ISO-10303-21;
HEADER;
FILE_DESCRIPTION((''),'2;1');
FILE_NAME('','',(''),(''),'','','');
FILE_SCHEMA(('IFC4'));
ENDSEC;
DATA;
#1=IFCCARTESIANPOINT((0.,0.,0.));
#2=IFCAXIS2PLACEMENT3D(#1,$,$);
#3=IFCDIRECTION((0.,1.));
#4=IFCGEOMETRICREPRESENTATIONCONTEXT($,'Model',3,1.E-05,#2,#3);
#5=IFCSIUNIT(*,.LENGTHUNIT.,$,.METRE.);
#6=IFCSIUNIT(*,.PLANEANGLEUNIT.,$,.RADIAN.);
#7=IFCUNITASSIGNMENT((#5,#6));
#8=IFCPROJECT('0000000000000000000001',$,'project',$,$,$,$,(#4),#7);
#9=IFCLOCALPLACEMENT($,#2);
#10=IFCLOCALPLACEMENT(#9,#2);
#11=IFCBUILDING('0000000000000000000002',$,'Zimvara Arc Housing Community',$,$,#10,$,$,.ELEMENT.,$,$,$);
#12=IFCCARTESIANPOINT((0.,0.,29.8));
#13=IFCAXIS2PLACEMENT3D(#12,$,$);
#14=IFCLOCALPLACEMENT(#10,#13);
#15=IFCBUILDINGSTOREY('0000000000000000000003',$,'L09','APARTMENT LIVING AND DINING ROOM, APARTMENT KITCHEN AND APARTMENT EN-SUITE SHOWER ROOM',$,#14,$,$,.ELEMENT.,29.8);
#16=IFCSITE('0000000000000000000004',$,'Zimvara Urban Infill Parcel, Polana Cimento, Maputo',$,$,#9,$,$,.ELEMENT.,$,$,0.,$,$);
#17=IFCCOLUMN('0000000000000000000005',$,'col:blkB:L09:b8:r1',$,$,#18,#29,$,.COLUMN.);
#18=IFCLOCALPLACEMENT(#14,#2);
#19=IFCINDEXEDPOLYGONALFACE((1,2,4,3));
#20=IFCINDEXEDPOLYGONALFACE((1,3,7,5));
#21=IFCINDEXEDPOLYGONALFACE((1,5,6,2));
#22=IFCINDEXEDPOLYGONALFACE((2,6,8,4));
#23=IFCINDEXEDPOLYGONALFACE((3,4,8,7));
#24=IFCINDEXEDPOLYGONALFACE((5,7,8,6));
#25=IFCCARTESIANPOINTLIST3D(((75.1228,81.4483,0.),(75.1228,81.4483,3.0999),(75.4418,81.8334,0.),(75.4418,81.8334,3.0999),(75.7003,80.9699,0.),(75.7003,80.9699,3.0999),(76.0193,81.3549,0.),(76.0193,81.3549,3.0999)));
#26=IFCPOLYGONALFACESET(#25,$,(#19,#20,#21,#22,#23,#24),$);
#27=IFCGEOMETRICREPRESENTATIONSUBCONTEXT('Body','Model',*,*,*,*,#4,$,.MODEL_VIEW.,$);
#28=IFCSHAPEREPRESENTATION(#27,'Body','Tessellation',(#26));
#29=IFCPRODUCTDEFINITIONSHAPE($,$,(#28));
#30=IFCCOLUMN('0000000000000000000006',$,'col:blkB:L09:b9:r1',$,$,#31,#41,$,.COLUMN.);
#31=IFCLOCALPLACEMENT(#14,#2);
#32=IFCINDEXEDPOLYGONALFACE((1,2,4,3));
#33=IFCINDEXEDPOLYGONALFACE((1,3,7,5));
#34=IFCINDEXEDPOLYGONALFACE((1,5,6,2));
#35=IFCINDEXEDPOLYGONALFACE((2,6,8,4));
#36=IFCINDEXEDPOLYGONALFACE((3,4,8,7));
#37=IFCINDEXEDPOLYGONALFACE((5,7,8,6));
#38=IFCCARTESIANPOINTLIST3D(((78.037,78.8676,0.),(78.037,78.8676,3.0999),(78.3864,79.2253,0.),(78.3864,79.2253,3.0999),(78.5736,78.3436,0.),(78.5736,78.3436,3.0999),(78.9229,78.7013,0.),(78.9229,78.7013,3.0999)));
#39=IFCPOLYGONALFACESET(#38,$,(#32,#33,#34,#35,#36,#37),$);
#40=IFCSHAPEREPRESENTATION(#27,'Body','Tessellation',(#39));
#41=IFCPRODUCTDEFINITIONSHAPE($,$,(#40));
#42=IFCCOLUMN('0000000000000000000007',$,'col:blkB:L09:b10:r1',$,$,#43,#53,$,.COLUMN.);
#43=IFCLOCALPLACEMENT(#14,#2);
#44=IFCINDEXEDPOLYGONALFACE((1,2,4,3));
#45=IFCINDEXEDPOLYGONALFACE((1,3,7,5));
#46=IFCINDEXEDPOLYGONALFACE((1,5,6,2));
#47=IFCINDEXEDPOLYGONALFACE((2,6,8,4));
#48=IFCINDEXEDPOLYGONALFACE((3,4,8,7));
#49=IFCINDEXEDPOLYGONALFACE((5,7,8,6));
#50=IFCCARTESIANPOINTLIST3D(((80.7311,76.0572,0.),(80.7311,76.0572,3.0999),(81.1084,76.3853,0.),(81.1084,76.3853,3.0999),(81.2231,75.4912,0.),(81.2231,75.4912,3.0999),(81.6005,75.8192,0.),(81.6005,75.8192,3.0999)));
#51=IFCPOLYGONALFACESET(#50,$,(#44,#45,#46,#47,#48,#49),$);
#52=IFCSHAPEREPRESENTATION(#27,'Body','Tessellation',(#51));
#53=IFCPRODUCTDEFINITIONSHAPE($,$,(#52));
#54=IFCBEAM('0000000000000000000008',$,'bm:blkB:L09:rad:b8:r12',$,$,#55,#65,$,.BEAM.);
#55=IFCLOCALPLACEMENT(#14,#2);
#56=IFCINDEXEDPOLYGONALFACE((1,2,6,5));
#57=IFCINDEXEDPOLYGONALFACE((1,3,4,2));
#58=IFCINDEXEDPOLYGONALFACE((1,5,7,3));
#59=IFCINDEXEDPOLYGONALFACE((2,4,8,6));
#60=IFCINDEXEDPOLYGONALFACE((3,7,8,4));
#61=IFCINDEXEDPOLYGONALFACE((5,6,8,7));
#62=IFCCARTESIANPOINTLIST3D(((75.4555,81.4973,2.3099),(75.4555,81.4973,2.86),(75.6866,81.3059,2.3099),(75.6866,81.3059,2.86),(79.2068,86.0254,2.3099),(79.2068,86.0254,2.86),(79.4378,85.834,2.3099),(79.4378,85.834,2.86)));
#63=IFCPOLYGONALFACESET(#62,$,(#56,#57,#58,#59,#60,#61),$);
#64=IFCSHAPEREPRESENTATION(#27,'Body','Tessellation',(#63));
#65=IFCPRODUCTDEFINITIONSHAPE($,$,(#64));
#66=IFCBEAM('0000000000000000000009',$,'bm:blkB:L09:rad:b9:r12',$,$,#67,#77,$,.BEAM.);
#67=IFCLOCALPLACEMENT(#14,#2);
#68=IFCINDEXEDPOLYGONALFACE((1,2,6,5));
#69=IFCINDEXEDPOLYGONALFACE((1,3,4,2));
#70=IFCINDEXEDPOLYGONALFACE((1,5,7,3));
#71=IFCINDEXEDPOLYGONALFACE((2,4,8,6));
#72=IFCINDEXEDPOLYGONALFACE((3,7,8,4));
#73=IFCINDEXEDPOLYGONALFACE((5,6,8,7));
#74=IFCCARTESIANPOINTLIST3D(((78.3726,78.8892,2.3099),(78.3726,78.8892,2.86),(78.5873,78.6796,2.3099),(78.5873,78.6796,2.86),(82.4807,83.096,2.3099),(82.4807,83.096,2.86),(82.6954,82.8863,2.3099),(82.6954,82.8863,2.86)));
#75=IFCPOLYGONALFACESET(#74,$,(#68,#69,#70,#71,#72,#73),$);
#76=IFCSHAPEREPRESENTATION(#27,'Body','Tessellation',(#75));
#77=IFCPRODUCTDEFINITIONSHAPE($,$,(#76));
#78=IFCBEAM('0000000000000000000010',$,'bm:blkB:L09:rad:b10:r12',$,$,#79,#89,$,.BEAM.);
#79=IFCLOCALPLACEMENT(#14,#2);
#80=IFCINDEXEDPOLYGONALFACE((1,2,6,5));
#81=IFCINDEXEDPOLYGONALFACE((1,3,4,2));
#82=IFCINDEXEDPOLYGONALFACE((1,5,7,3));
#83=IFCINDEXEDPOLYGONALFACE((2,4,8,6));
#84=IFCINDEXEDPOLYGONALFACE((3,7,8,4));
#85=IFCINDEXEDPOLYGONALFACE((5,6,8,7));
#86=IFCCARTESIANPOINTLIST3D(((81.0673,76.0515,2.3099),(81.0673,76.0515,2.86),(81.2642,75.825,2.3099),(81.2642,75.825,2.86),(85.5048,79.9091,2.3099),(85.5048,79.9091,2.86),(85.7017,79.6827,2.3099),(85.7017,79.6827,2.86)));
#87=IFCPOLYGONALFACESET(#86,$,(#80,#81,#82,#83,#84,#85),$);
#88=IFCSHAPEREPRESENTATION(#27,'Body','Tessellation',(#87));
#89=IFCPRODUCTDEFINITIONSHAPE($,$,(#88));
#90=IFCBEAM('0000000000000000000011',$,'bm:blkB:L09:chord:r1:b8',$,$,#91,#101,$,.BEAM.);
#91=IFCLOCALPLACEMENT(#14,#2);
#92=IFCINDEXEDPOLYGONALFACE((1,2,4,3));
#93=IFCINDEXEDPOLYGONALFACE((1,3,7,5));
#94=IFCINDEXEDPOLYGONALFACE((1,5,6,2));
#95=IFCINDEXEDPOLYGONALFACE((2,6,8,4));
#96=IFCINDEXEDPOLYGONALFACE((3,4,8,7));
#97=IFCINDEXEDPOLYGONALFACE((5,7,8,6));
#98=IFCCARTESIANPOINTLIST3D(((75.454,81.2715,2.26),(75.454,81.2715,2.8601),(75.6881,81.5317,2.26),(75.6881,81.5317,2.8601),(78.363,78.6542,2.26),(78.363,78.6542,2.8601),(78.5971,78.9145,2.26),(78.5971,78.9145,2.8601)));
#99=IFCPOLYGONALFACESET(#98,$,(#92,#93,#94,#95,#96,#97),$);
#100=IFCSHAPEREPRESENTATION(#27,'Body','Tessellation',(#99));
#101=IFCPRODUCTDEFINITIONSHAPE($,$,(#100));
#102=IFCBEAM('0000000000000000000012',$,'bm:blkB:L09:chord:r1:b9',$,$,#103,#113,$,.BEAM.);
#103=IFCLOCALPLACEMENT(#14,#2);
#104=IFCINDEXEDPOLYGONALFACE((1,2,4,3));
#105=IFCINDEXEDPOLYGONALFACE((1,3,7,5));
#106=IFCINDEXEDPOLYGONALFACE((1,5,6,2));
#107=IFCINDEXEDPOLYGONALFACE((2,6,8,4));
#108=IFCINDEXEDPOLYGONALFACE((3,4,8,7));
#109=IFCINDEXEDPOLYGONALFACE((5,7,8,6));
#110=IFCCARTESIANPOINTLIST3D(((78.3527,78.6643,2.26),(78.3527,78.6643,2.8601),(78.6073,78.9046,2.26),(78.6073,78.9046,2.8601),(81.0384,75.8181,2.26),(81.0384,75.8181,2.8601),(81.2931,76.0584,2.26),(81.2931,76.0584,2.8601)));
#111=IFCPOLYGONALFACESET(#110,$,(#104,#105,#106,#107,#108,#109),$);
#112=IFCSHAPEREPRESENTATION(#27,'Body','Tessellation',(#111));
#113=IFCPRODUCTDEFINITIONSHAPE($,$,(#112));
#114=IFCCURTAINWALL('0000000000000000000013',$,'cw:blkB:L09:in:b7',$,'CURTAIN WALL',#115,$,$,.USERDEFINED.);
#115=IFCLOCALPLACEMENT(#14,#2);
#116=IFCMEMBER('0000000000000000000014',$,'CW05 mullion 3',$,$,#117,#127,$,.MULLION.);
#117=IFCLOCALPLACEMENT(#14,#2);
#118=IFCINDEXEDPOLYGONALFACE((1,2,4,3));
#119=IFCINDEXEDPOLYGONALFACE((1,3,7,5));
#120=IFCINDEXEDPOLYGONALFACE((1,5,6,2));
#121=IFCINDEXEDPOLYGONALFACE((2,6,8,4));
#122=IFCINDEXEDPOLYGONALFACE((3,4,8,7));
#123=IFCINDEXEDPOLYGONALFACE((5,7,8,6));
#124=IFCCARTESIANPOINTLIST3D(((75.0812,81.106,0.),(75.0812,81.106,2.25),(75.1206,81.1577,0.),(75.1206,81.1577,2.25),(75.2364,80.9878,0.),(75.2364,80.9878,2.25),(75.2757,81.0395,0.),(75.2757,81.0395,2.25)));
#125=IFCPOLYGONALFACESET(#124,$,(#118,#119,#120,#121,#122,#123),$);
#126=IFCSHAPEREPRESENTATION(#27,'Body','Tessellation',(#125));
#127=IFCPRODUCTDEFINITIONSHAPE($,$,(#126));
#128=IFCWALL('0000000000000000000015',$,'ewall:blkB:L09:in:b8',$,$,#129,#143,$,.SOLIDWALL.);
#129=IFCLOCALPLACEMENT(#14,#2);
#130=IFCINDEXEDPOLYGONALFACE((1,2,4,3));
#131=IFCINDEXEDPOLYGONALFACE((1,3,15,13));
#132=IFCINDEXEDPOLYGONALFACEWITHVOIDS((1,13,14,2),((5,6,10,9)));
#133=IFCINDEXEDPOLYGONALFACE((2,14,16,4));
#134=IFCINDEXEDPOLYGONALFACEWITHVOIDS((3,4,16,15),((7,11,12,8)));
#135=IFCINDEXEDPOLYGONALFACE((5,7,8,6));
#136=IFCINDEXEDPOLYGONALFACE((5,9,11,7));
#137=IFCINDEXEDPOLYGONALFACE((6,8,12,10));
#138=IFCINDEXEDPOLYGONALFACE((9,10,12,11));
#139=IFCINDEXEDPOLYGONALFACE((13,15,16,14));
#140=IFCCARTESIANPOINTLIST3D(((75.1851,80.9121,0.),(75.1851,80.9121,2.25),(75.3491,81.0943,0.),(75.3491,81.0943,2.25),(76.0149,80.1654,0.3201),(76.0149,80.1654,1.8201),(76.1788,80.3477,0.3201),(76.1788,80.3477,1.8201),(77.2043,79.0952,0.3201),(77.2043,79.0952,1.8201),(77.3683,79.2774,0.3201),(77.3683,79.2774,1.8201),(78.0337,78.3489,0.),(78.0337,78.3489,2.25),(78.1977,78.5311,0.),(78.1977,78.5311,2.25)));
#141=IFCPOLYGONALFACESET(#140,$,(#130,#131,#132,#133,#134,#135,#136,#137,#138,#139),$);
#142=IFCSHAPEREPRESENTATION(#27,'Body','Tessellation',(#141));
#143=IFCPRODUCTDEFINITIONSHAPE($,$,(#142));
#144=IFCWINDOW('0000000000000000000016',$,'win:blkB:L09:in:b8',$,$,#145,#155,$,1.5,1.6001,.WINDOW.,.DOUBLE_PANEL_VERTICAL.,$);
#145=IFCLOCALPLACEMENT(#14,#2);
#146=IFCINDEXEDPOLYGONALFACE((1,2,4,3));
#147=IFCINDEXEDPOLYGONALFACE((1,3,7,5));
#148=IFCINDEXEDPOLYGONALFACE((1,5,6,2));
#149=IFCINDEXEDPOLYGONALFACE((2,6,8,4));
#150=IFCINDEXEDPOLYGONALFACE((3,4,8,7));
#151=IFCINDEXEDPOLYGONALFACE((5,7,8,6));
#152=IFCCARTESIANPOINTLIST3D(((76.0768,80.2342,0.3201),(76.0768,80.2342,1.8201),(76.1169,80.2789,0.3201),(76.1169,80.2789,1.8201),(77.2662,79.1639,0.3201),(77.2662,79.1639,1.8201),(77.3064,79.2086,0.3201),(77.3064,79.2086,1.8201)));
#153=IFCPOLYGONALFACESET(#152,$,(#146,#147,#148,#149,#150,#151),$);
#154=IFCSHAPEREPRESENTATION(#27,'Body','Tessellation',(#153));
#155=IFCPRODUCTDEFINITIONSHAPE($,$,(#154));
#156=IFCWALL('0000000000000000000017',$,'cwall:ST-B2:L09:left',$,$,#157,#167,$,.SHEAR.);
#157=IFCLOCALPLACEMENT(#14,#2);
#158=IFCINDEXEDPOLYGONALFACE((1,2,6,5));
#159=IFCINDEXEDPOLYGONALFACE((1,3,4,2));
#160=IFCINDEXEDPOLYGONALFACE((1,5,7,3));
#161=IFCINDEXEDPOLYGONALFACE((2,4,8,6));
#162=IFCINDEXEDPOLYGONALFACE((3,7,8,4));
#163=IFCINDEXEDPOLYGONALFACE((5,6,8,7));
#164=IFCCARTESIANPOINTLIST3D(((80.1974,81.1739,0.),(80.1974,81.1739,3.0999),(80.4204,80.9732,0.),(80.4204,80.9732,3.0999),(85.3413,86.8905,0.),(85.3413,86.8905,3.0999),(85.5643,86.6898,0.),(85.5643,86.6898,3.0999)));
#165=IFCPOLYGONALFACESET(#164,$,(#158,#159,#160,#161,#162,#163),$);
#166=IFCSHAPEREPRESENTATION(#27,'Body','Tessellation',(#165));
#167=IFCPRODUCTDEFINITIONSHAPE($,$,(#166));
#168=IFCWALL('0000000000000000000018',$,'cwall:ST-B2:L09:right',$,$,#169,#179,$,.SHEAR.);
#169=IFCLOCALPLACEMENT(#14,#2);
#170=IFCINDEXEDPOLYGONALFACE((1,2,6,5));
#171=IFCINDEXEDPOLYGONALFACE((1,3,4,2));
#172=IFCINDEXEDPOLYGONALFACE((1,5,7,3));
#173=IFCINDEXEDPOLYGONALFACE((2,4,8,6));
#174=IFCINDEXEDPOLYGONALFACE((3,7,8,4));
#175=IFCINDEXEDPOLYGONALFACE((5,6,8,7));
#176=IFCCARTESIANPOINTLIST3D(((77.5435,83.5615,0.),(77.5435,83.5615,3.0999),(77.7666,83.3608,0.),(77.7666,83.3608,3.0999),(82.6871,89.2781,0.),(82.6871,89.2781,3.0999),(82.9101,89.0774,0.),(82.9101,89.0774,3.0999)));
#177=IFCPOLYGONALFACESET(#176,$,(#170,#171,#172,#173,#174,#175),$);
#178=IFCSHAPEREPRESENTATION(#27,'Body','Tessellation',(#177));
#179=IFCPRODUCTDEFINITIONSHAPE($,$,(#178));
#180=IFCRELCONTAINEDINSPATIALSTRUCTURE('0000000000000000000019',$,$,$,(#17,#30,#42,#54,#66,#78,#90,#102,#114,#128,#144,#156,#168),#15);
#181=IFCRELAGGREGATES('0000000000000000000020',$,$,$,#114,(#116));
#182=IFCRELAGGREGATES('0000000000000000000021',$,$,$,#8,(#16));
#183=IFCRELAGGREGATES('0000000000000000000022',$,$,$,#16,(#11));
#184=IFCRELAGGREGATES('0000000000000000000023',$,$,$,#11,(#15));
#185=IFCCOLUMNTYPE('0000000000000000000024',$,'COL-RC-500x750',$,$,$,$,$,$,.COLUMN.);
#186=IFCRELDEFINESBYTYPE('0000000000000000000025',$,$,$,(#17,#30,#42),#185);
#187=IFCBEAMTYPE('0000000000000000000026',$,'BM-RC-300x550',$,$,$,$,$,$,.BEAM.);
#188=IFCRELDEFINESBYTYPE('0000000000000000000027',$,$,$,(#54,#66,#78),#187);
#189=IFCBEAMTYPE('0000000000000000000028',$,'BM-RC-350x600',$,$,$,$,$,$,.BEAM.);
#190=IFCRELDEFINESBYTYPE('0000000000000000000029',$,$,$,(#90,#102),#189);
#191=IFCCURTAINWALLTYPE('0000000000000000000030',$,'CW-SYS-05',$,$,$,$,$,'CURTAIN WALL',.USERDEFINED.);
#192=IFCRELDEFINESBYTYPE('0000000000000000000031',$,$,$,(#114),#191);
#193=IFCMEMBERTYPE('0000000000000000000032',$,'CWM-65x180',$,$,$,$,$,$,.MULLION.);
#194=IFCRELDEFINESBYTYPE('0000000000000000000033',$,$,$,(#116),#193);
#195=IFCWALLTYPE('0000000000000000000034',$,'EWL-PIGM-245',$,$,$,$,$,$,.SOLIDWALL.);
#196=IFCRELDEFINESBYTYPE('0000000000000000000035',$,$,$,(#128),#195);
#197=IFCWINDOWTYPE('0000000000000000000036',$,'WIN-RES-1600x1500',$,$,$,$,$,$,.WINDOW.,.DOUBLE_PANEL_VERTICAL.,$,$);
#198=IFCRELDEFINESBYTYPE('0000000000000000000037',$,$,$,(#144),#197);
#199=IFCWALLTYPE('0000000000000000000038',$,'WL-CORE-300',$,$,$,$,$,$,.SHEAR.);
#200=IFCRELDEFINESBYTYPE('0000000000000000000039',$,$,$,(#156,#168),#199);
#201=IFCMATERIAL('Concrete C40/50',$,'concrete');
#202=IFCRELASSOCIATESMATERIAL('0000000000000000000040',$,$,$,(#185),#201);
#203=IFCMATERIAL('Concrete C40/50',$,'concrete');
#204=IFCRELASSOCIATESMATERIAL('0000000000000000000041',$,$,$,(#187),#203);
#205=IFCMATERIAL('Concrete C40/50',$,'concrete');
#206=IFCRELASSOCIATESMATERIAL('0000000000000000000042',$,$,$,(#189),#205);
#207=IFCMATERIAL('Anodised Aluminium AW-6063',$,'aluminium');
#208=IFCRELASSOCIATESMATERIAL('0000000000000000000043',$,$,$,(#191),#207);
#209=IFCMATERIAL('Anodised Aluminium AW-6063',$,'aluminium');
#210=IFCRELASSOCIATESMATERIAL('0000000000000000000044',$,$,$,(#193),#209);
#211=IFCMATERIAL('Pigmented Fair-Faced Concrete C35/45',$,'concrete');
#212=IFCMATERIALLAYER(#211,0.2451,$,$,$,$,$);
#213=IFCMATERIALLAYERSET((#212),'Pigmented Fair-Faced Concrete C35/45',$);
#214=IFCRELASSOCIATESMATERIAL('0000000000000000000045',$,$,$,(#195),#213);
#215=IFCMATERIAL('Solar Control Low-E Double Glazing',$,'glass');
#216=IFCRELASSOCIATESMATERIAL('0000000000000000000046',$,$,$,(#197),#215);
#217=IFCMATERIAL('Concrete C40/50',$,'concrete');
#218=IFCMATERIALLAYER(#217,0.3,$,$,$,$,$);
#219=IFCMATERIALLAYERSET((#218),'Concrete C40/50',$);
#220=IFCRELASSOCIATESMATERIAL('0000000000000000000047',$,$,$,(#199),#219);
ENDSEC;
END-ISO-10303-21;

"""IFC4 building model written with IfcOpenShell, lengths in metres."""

from ifc_helpers import new_model, si_unit, direction, frame, frame_2d, origin, origin_2d, place, context, subcontext, project, spatial, rectangle, extrude, material, layer, layer_set, material_profile, profile_set, type_object, element, fill, aggregate, save


model = new_model("IFC4")

# Units and contexts
model_context = context("Model", 3, precision=1e-05, world=origin(), true_north=direction((0.0, 1.0)))
body_context = subcontext(model_context, "Body", "Model", "MODEL_VIEW")
ifc_project = project(units=[si_unit("LENGTHUNIT", "METRE"), si_unit("PLANEANGLEUNIT", "RADIAN")], contexts=[model_context])

# Site, building, storey
site_placement = place(None, origin())
site = spatial("IfcSite", under=ifc_project, at=site_placement, Name="Zimvara Urban Infill Parcel, Polana Cimento, Maputo", CompositionType="ELEMENT", RefElevation=0.0)
building_placement = place(site_placement, origin())
building = spatial("IfcBuilding", under=site, at=building_placement, Name="Zimvara Arc Housing Community", CompositionType="ELEMENT")
storey_placement = place(building_placement, frame((0.0, 0.0, 29.8)))
storey = spatial("IfcBuildingStorey", under=building, at=storey_placement, Name="L09", Description="APARTMENT LIVING AND DINING ROOM, APARTMENT KITCHEN AND APARTMENT EN-SUITE SHOWER ROOM", CompositionType="ELEMENT", Elevation=29.8)

# Columns
ifc_material_1 = material(Name="Concrete C40/50", Category="concrete")
ifc_material_profile_1 = material_profile(ifc_material_1, rectangle(XDim=0.5, YDim=0.75, at=origin_2d()), Name="RC 500x750")
ifc_profile_set_1 = profile_set([ifc_material_profile_1], Name="Concrete C40/50")
column_type = type_object("IfcColumnType", Name="COL-RC-500x750", PredefinedType="COLUMN", material=ifc_profile_set_1)
for number, where, z_axis, x_axis, name in (
    (1, (75.571, 81.4016, 0.0), (0.0, 0.0, 1.0), (0.637962, 0.770068, 0.0), "col:blkB:L09:b8:r1"),
    (2, (78.48, 78.7844, 0.0), (0.0, 0.0, 1.0), (0.698665, 0.715449, 0.0), "col:blkB:L09:b9:r1"),
    (3, (81.1658, 75.9382, 0.0), (0.0, 0.0, 1.0), (0.75471, 0.656059, 0.0), "col:blkB:L09:b10:r1"),
):
    element("IfcColumn", number, at=place(storey_placement, frame(where, z_axis=z_axis, x_axis=x_axis)), inside=storey, type_object=column_type, Name=name, PredefinedType="COLUMN", context=body_context, shape_type="SweptSolid", body=[
        extrude(rectangle(XDim=0.5, YDim=0.75, at=origin_2d()), origin(), (0.0, 0.0, 1.0), 3.0999),
    ])

# Beams
ifc_material_2 = material(Name="Concrete C40/50", Category="concrete")
ifc_material_profile_2 = material_profile(ifc_material_2, rectangle(XDim=0.3, YDim=0.55, at=origin_2d()), Name="RC 300x550")
ifc_profile_set_2 = profile_set([ifc_material_profile_2], Name="Concrete C40/50")
beam_type_1 = type_object("IfcBeamType", Name="BM-RC-300x550", PredefinedType="BEAM", material=ifc_profile_set_2)
beam_1_placement = place(storey_placement, frame((75.571, 81.4016, 2.585), z_axis=(0.637956, 0.770073, 0.0), x_axis=(-0.770073, 0.637956, 0.0)))
element("IfcBeam", 4, at=beam_1_placement, inside=storey, type_object=beam_type_1, Name="bm:blkB:L09:rad:b8:r12", PredefinedType="BEAM", context=body_context, shape_type="SweptSolid", body=[
    extrude(rectangle(XDim=0.3, YDim=0.55, at=origin_2d()), origin(), (0.0, 0.0, 1.0), 5.8801),
])
for number, where, z_axis, x_axis, name in (
    (5, (78.48, 78.7844, 2.585), (0.69867, 0.715444, 0.0), (-0.715444, 0.69867, 0.0), "bm:blkB:L09:rad:b9:r12"),
    (6, (81.1658, 75.9382, 2.585), (0.754692, 0.656079, 0.0), (-0.656079, 0.754692, 0.0), "bm:blkB:L09:rad:b10:r12"),
):
    element("IfcBeam", number, at=place(storey_placement, frame(where, z_axis=z_axis, x_axis=x_axis)), inside=storey, type_object=beam_type_1, Name=name, PredefinedType="BEAM", context=body_context, shape_type="SweptSolid", body=[
        extrude(rectangle(XDim=0.3, YDim=0.55, at=origin_2d()), origin(), (0.0, 0.0, 1.0), 5.8799),
    ])
ifc_material_3 = material(Name="Concrete C40/50", Category="concrete")
ifc_material_profile_3 = material_profile(ifc_material_3, rectangle(XDim=0.3501, YDim=0.6001, at=origin_2d()), Name="RC 350x600")
ifc_profile_set_3 = profile_set([ifc_material_profile_3], Name="Concrete C40/50")
beam_type_2 = type_object("IfcBeamType", Name="BM-RC-350x600", PredefinedType="BEAM", material=ifc_profile_set_3)
beam_2_placement = place(storey_placement, frame((75.571, 81.4016, 2.5601), z_axis=(0.743403, -0.668844, 0.0), x_axis=(0.668844, 0.743403, 0.0)))
element("IfcBeam", 7, at=beam_2_placement, inside=storey, type_object=beam_type_2, Name="bm:blkB:L09:chord:r1:b8", PredefinedType="BEAM", context=body_context, shape_type="SweptSolid", body=[
    extrude(rectangle(XDim=0.3501, YDim=0.6001, at=origin_2d()), origin(), (0.0, 0.0, 1.0), 3.9131),
])
beam_3_placement = place(storey_placement, frame((78.48, 78.7844, 2.5601), z_axis=(0.686316, -0.727304, 0.0), x_axis=(0.727304, 0.686316, 0.0)))
element("IfcBeam", 8, at=beam_3_placement, inside=storey, type_object=beam_type_2, Name="bm:blkB:L09:chord:r1:b9", PredefinedType="BEAM", context=body_context, shape_type="SweptSolid", body=[
    extrude(rectangle(XDim=0.3501, YDim=0.6001, at=origin_2d()), origin(), (0.0, 0.0, 1.0), 3.9133),
])

# Curtain wall, member
ifc_material_4 = material(Name="Anodised Aluminium AW-6063", Category="aluminium")
curtain_wall_type = type_object("IfcCurtainWallType", Name="CW-SYS-05", ElementType="CURTAIN WALL", PredefinedType="USERDEFINED", material=ifc_material_4)
curtain_wall_placement = place(storey_placement, origin())
curtain_wall = element("IfcCurtainWall", 9, at=curtain_wall_placement, inside=storey, type_object=curtain_wall_type, Name="cw:blkB:L09:in:b7", ObjectType="CURTAIN WALL", PredefinedType="USERDEFINED")
ifc_material_5 = material(Name="Anodised Aluminium AW-6063", Category="aluminium")
ifc_material_profile_4 = material_profile(ifc_material_5, rectangle(XDim=0.0649, YDim=0.1951, at=origin_2d()), Name="ALU 65x195")
ifc_profile_set_4 = profile_set([ifc_material_profile_4], Name="Anodised Aluminium AW-6063")
member_type = type_object("IfcMemberType", Name="CWM-65x180", PredefinedType="MULLION", material=ifc_profile_set_4)
member_placement = place(storey_placement, frame((75.1785, 81.0728, 0.0), z_axis=(0.0, 0.0, 1.0), x_axis=(0.605988, 0.795474, 0.0)))
member = element("IfcMember", 10, at=member_placement, type_object=member_type, Name="CW05 mullion 3", PredefinedType="MULLION", context=body_context, shape_type="SweptSolid", body=[
    extrude(rectangle(XDim=0.0649, YDim=0.1951, at=origin_2d()), origin(), (0.0, 0.0, 1.0), 2.25),
])
aggregate(curtain_wall, [member])

# Wall, opening, window
ifc_material_6 = material(Name="Pigmented Fair-Faced Concrete C35/45", Category="concrete")
ifc_layer_1 = layer(ifc_material_6, 0.2451)
ifc_layer_set_1 = layer_set([ifc_layer_1], Name="Pigmented Fair-Faced Concrete C35/45")
wall_type_1 = type_object("IfcWallType", Name="EWL-PIGM-245", PredefinedType="SOLIDWALL", material=ifc_layer_set_1)
wall_1_placement = place(storey_placement, frame((75.2671, 81.0032, 0.0), z_axis=(0.0, 0.0, 1.0), x_axis=(0.743364, -0.668887, 0.0)))
wall_1 = element("IfcWall", 11, at=wall_1_placement, inside=storey, type_object=wall_type_1, Name="ewall:blkB:L09:in:b8", PredefinedType="SOLIDWALL", context=body_context, shape_type="SweptSolid", body=[
    extrude(rectangle(XDim=3.832, YDim=0.2451, at=frame_2d((1.916, 0.0))), origin(), (0.0, 0.0, 1.0), 2.25),
])
opening_1_placement = place(wall_1_placement, frame((1.1162, 0.0, 0.3201)))
opening_1 = element("IfcOpeningElement", 12, at=opening_1_placement, cuts=wall_1, PredefinedType="OPENING", context=body_context, shape_type="SweptSolid", body=[
    extrude(rectangle(XDim=1.6001, YDim=1.5, at=frame_2d((0.8, 0.75))), frame((0.0, 0.1326, 0.0), z_axis=(0.0, -1.0, 0.0), x_axis=(1.0, 0.0, 0.0)), (0.0, 0.0, 1.0), 0.2651),
])
ifc_material_7 = material(Name="Solar Control Low-E Double Glazing", Category="glass")
window_type = type_object("IfcWindowType", Name="WIN-RES-1600x1500", PartitioningType="DOUBLE_PANEL_VERTICAL", PredefinedType="WINDOW", material=ifc_material_7)
window_placement = place(opening_1_placement, origin())
window = element("IfcWindow", 13, at=window_placement, inside=storey, type_object=window_type, Name="win:blkB:L09:in:b8", OverallHeight=1.5, OverallWidth=1.6001, PartitioningType="DOUBLE_PANEL_VERTICAL", PredefinedType="WINDOW", context=body_context, shape_type="SweptSolid", body=[
    extrude(rectangle(XDim=1.6001, YDim=1.5, at=frame_2d((0.8, 0.75))), frame((0.0, 0.03, 0.0), z_axis=(0.0, -1.0, 0.0), x_axis=(1.0, 0.0, 0.0)), (0.0, 0.0, 1.0), 0.0601),
])
fill(opening_1, window)

# Shared definitions
ifc_material_8 = material(Name="Concrete C40/50", Category="concrete")
ifc_layer_2 = layer(ifc_material_8, 0.3)
ifc_layer_set_2 = layer_set([ifc_layer_2], Name="Concrete C40/50")
wall_type_2 = type_object("IfcWallType", Name="WL-CORE-300", PredefinedType="SHEAR", material=ifc_layer_set_2)

# Walls
wall_2_placement = place(storey_placement, frame((80.3088, 81.0735, 0.0), z_axis=(0.0, 0.0, 1.0), x_axis=(0.668886, 0.743365, 0.0)))
element("IfcWall", 14, at=wall_2_placement, inside=storey, type_object=wall_type_2, Name="cwall:ST-B2:L09:left", PredefinedType="SHEAR", context=body_context, shape_type="SweptSolid", body=[
    extrude(rectangle(XDim=7.6902, YDim=0.3, at=frame_2d((3.8452, 0.0))), origin(), (0.0, 0.0, 1.0), 3.0999),
])
wall_3_placement = place(storey_placement, frame((77.655, 83.4612, 0.0), z_axis=(0.0, 0.0, 1.0), x_axis=(0.668868, 0.743381, 0.0)))
element("IfcWall", 15, at=wall_3_placement, inside=storey, type_object=wall_type_2, Name="cwall:ST-B2:L09:right", PredefinedType="SHEAR", context=body_context, shape_type="SweptSolid", body=[
    extrude(rectangle(XDim=7.6899, YDim=0.3, at=frame_2d((3.845, 0.0))), origin(), (0.0, 0.0, 1.0), 3.0999),
])

save(model, "model.ifc")
